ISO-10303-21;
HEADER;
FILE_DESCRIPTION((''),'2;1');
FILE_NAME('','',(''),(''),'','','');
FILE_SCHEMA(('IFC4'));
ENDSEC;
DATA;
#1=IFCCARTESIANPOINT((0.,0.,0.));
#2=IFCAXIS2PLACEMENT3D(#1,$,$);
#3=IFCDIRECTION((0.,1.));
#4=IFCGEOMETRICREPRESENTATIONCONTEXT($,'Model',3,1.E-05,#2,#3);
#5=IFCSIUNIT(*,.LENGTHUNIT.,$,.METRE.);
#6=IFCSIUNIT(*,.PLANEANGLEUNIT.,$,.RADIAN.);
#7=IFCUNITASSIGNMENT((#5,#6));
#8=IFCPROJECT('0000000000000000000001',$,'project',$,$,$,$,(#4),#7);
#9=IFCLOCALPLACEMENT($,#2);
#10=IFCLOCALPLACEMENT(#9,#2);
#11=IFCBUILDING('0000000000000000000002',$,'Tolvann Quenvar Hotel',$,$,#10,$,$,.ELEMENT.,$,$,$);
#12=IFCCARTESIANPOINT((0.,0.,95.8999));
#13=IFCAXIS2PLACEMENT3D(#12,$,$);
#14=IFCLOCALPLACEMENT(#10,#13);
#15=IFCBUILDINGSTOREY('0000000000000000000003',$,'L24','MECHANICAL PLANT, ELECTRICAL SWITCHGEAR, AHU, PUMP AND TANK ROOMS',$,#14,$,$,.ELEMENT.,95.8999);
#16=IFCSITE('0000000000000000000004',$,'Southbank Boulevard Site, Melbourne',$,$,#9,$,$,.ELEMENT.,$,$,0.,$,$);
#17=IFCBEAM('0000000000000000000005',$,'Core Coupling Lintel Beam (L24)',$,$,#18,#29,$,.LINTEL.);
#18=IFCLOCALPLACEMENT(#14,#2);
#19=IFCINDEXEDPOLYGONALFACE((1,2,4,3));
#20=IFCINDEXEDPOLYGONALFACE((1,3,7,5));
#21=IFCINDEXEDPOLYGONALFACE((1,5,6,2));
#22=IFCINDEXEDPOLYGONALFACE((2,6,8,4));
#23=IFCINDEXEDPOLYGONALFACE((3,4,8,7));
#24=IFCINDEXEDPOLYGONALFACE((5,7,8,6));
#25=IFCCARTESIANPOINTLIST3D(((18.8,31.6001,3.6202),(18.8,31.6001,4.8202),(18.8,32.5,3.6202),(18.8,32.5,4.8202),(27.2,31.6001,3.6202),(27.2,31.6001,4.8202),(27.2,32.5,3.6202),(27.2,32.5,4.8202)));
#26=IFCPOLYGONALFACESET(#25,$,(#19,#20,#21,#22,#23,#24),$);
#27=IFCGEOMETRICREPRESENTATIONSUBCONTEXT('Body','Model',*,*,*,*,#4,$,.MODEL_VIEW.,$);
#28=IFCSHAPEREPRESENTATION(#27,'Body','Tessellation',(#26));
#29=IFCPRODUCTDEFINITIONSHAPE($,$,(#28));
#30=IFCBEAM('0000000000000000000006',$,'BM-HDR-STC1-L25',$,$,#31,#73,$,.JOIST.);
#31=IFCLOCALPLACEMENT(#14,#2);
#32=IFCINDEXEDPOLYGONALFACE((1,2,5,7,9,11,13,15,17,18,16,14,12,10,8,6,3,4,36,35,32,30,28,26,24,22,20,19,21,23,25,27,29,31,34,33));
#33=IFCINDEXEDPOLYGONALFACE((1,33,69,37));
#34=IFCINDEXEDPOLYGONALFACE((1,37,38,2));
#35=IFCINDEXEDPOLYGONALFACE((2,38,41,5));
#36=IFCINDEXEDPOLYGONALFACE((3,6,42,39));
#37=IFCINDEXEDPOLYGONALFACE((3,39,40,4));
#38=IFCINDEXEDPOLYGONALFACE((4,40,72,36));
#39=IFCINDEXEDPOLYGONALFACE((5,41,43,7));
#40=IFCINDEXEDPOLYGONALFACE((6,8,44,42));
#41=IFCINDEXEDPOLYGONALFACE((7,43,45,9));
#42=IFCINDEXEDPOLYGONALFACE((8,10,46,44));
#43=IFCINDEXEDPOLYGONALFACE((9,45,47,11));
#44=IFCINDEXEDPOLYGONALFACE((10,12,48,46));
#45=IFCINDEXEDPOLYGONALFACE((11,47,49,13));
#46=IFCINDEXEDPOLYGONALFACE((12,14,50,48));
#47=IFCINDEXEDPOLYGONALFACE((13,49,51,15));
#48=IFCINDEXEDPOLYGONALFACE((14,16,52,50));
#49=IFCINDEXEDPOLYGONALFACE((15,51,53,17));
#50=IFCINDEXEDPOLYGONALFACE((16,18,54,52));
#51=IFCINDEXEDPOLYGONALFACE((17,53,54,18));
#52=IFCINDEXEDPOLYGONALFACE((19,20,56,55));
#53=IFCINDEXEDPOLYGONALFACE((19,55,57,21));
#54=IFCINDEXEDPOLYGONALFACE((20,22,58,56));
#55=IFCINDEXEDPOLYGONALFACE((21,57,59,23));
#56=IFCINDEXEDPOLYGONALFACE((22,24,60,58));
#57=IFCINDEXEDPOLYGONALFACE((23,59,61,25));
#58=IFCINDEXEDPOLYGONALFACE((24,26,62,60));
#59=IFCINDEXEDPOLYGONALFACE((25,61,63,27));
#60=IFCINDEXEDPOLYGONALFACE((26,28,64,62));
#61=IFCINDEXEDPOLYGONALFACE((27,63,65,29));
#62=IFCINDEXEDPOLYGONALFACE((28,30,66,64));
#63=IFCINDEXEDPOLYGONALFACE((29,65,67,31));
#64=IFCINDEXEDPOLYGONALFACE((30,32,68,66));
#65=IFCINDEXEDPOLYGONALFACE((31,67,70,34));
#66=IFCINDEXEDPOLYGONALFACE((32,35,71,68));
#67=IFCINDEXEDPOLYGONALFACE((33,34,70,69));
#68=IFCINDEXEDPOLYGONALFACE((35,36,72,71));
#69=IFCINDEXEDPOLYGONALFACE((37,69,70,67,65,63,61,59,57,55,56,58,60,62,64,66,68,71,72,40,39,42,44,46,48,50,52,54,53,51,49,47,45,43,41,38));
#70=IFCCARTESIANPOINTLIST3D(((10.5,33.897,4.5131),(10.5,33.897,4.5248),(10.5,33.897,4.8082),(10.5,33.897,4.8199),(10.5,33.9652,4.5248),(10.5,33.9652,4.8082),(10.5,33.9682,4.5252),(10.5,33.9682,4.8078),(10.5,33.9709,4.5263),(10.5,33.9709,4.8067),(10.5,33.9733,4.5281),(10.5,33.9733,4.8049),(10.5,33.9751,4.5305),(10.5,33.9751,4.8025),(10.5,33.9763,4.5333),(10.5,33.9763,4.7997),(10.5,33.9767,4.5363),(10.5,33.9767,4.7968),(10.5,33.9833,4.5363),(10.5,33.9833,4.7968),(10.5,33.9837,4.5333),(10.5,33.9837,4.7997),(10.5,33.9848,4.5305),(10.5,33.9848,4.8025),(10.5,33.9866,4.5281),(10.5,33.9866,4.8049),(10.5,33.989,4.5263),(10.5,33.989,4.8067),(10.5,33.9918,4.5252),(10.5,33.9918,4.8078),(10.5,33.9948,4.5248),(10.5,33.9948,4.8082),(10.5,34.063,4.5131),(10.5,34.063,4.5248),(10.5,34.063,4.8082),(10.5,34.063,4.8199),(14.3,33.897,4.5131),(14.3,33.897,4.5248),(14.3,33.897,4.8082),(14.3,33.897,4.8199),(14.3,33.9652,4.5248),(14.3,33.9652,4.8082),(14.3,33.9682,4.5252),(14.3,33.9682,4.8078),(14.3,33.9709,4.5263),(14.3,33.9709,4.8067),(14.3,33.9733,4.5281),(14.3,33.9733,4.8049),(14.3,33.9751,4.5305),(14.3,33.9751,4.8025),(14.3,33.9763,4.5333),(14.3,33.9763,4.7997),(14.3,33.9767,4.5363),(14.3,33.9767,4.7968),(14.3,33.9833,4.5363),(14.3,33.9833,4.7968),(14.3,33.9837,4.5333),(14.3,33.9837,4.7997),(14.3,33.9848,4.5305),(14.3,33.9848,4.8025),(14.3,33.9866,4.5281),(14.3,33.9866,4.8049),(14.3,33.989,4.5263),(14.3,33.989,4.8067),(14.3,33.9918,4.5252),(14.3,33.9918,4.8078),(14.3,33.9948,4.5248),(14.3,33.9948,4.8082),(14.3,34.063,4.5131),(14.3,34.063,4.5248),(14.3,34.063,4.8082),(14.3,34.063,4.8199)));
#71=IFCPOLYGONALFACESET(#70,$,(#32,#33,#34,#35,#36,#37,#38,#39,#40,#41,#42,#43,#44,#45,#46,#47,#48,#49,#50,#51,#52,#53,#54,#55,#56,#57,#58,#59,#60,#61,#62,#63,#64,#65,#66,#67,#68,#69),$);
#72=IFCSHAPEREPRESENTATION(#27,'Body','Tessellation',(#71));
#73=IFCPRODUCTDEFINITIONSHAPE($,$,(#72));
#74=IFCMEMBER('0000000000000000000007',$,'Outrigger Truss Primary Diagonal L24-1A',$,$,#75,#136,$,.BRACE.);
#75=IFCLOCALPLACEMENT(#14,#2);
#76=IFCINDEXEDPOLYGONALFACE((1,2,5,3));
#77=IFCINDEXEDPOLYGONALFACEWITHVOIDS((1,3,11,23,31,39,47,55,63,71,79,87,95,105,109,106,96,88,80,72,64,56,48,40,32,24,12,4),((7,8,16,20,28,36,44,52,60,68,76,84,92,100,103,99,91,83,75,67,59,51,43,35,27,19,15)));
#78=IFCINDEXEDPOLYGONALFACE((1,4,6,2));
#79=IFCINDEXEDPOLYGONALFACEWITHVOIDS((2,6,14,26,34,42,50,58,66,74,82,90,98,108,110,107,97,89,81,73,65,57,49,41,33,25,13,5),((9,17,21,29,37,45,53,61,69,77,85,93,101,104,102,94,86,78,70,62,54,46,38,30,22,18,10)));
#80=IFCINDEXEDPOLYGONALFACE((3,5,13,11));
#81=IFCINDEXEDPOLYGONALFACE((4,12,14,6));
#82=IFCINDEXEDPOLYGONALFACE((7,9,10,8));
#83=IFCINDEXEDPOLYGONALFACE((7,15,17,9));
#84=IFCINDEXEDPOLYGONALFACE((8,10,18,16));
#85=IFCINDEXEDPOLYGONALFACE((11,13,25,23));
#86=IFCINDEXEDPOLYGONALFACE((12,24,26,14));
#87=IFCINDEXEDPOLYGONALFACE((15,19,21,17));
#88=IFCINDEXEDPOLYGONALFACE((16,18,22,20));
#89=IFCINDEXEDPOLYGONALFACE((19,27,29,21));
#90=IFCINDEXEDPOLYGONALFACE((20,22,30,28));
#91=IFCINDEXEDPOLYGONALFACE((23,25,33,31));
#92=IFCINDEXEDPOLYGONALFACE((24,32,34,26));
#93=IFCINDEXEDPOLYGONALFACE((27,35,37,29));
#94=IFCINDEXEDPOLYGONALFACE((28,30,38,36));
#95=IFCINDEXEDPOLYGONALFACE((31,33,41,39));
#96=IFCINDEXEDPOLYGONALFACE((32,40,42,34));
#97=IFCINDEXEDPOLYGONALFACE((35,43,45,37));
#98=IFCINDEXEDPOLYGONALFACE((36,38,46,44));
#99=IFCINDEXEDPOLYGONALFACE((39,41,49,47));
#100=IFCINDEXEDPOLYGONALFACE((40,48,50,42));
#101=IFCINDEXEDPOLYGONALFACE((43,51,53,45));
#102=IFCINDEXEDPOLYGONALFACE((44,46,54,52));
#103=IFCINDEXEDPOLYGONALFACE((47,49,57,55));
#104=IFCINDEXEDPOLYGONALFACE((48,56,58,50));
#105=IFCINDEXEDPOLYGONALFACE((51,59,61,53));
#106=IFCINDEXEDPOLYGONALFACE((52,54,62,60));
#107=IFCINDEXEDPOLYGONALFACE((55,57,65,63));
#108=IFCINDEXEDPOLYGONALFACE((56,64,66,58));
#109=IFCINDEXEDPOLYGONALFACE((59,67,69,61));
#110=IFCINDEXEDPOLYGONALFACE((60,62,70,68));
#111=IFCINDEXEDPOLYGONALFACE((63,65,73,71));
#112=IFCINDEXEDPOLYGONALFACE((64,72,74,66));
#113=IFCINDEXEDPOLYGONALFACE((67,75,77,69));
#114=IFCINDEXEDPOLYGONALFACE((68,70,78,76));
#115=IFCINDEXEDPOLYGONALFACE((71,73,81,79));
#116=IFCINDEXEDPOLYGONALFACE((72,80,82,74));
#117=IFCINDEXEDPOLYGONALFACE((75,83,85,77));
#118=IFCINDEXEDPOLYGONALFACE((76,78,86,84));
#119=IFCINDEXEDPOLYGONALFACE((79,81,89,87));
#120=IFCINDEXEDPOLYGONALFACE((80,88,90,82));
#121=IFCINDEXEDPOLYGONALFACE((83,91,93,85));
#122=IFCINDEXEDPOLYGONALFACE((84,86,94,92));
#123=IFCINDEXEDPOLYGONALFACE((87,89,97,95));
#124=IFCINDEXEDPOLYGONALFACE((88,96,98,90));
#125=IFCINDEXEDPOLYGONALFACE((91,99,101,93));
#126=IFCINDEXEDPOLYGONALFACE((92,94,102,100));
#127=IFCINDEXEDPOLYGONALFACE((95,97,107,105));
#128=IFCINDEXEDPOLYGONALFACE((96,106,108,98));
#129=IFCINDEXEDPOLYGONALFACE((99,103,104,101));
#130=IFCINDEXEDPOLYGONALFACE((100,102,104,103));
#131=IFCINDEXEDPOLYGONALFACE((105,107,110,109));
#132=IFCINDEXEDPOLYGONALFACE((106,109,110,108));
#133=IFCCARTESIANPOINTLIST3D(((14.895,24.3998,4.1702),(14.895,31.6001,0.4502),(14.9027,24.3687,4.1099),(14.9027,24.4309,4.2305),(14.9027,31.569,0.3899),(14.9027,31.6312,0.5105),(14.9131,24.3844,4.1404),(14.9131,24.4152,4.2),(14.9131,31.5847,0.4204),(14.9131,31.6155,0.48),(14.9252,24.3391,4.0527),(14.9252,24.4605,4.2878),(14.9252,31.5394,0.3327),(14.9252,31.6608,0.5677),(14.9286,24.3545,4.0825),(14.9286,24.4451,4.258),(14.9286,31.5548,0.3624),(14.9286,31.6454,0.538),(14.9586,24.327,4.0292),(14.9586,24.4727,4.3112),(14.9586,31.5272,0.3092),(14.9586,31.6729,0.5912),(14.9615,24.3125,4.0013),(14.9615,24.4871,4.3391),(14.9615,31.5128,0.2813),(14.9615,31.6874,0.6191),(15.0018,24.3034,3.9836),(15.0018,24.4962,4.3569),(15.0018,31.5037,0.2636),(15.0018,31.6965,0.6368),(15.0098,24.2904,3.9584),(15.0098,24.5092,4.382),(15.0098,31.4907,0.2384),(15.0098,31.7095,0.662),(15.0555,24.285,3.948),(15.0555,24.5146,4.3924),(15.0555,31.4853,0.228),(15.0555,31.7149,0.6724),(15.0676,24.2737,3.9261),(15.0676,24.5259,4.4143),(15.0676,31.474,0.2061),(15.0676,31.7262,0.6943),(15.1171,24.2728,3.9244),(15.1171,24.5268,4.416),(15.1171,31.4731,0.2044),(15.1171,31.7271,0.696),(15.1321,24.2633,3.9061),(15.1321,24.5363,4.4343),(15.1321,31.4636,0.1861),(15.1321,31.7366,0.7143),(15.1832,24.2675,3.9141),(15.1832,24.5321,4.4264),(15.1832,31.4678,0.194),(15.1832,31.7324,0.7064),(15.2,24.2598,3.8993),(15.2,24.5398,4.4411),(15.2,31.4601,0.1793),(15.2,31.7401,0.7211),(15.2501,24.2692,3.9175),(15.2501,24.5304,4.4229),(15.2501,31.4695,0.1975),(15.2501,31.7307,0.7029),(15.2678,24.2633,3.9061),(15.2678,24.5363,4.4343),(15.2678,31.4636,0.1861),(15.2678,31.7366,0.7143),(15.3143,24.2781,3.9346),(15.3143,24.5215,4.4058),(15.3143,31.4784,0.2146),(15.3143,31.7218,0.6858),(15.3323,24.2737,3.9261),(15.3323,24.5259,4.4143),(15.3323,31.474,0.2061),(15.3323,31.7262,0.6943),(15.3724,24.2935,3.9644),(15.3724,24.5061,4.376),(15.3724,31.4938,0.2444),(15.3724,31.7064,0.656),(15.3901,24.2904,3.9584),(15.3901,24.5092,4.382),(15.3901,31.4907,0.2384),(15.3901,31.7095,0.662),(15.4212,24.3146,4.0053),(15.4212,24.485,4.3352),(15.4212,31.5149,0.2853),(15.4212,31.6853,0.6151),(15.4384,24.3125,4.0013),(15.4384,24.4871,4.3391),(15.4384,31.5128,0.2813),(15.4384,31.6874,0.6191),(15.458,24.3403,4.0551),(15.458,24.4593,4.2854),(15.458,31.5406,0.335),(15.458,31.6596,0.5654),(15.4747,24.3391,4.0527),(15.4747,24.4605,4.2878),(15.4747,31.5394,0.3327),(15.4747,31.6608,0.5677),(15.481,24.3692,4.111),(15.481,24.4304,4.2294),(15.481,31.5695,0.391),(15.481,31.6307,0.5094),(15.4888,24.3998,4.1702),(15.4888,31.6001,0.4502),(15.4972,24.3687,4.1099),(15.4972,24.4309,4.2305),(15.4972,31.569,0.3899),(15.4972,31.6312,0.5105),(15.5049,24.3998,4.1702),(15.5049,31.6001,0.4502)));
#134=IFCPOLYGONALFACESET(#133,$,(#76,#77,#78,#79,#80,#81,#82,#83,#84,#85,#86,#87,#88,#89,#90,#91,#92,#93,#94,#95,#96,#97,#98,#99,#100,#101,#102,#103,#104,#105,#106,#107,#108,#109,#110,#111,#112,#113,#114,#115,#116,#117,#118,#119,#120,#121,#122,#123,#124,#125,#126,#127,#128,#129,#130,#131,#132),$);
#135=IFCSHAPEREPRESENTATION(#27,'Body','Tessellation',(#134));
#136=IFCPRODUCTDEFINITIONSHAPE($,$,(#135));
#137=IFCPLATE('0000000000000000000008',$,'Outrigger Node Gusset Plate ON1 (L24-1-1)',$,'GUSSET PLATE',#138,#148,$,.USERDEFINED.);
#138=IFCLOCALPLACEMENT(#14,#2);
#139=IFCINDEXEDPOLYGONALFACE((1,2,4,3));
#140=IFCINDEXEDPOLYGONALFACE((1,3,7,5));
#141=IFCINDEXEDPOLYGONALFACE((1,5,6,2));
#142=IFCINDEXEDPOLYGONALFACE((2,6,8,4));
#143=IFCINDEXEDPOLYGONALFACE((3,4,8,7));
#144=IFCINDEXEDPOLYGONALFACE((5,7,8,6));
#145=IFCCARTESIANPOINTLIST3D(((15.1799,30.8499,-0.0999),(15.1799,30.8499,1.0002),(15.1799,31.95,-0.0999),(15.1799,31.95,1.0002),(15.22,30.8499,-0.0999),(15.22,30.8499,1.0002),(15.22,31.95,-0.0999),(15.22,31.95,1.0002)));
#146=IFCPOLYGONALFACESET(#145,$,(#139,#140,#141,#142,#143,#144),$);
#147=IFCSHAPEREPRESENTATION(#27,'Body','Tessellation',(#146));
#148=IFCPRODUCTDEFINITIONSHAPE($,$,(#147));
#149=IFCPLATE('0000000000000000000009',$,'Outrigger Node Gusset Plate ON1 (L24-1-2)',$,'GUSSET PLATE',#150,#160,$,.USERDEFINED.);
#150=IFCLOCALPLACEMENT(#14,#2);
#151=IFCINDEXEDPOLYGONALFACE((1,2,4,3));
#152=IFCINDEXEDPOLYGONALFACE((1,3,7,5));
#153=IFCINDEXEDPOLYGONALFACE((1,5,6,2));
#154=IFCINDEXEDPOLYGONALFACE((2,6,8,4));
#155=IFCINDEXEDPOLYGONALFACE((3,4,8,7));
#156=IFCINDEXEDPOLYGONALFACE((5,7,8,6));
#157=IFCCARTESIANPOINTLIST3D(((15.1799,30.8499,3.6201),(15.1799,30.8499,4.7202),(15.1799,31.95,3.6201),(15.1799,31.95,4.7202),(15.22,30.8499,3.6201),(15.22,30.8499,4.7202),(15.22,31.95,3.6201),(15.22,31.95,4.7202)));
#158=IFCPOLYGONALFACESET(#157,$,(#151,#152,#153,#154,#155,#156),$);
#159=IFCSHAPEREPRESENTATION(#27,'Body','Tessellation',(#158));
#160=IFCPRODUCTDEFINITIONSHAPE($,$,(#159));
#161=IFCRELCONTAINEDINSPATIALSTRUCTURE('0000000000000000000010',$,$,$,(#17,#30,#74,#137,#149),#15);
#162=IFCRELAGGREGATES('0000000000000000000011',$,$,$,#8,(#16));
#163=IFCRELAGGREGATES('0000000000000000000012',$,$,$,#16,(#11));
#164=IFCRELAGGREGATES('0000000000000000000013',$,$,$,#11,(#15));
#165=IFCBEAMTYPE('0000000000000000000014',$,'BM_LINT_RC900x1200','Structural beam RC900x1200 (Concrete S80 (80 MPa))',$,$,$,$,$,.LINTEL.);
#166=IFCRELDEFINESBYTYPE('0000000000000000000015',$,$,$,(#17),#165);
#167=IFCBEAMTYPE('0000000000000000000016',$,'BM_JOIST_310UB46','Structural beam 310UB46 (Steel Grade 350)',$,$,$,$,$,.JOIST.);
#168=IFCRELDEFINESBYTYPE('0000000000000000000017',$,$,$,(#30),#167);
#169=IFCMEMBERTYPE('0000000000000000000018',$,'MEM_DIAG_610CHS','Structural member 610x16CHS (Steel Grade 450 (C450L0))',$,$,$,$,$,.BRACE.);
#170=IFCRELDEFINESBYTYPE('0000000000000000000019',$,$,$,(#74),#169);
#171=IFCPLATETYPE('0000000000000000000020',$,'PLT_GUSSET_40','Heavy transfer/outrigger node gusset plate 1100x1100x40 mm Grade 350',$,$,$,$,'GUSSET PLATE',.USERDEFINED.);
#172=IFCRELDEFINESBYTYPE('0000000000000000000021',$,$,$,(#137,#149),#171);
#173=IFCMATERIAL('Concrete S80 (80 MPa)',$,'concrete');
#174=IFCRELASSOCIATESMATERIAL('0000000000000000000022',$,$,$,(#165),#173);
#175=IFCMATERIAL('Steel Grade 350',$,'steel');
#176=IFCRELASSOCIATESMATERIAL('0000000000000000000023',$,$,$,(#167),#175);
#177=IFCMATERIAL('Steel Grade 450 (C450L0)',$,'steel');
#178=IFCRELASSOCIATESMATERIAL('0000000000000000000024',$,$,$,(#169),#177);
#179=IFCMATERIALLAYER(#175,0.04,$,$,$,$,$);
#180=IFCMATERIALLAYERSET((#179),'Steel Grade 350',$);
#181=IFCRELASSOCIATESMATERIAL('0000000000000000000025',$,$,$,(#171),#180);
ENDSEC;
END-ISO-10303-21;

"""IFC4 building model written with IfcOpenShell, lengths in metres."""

from ifc_helpers import new_model, si_unit, direction, frame, origin, origin_2d, place, context, subcontext, project, spatial, rectangle, hollow_circle, i_section, extrude, source, transform, mapped, material, layer, layer_set, material_profile, profile_set, type_object, type_shapes, element, save


model = new_model("IFC4")

# Units and contexts
model_context = context("Model", 3, precision=1e-05, world=origin(), true_north=direction((0.0, 1.0)))
body_context = subcontext(model_context, "Body", "Model", "MODEL_VIEW")
ifc_project = project(units=[si_unit("LENGTHUNIT", "METRE"), si_unit("PLANEANGLEUNIT", "RADIAN")], contexts=[model_context])

# Site, building, storey
site_placement = place(None, origin())
site = spatial("IfcSite", under=ifc_project, at=site_placement, Name="Southbank Boulevard Site, Melbourne", CompositionType="ELEMENT", RefElevation=0.0)
building_placement = place(site_placement, origin())
building = spatial("IfcBuilding", under=site, at=building_placement, Name="Tolvann Quenvar Hotel", CompositionType="ELEMENT")
storey_placement = place(building_placement, frame((0.0, 0.0, 95.8999)))
storey = spatial("IfcBuildingStorey", under=building, at=storey_placement, Name="L24", Description="MECHANICAL PLANT, ELECTRICAL SWITCHGEAR, AHU, PUMP AND TANK ROOMS", CompositionType="ELEMENT", Elevation=95.8999)

# Beams
ifc_material_1 = material(Name="Concrete S80 (80 MPa)", Category="concrete")
ifc_material_profile_1 = material_profile(ifc_material_1, rectangle(XDim=0.8999, YDim=1.2, at=origin_2d()), Name="RC900x1200")
ifc_profile_set_1 = profile_set([ifc_material_profile_1], Name="Concrete S80 (80 MPa)")
beam_type_1 = type_object("IfcBeamType", Name="BM_LINT_RC900x1200", Description="Structural beam RC900x1200 (Concrete S80 (80 MPa))", PredefinedType="LINTEL", material=ifc_profile_set_1)
shared_shape_1 = source(origin(), body_context, "Body", "SweptSolid", [
    extrude(rectangle(XDim=0.8999, YDim=1.2, at=origin_2d()), origin(), (0.0, 0.0, 1.0), 8.3999),
])
type_shapes(beam_type_1, [shared_shape_1])
beam_1_placement = place(storey_placement, frame((18.8, 32.05, 4.2202), z_axis=(1.0, 0.0, 0.0), x_axis=(0.0, 1.0, 0.0)))
element("IfcBeam", 1, at=beam_1_placement, inside=storey, type_object=beam_type_1, Name="Core Coupling Lintel Beam (L24)", PredefinedType="LINTEL", context=body_context, shape_type="MappedRepresentation", body=[
    mapped(shared_shape_1, transform((0.0, 0.0, 0.0), x_axis=(1.0, 0.0, 0.0), y_axis=(0.0, 1.0, 0.0), z_axis=(0.0, 0.0, 1.0), scale=1.0)),
])
ifc_material_2 = material(Name="Steel Grade 350", Category="steel")
ifc_material_profile_2 = material_profile(ifc_material_2, i_section(OverallWidth=0.166, OverallDepth=0.3069, WebThickness=0.0066, FlangeThickness=0.0117, FilletRadius=0.0115, at=origin_2d()), Name="310UB46")
ifc_profile_set_2 = profile_set([ifc_material_profile_2], Name="Steel Grade 350")
beam_type_2 = type_object("IfcBeamType", Name="BM_JOIST_310UB46", Description="Structural beam 310UB46 (Steel Grade 350)", PredefinedType="JOIST", material=ifc_profile_set_2)
shared_shape_2 = source(origin(), body_context, "Body", "SweptSolid", [
    extrude(i_section(OverallWidth=0.166, OverallDepth=0.3069, WebThickness=0.0066, FlangeThickness=0.0117, FilletRadius=0.0115, at=origin_2d()), origin(), (0.0, 0.0, 1.0), 3.8),
])
type_shapes(beam_type_2, [shared_shape_2])
beam_2_placement = place(storey_placement, frame((10.5, 33.98, 4.6665), z_axis=(1.0, 0.0, 0.0), x_axis=(0.0, 1.0, 0.0)))
element("IfcBeam", 2, at=beam_2_placement, inside=storey, type_object=beam_type_2, Name="BM-HDR-STC1-L25", PredefinedType="JOIST", context=body_context, shape_type="MappedRepresentation", body=[
    mapped(shared_shape_2, transform((0.0, 0.0, 0.0), x_axis=(1.0, 0.0, 0.0), y_axis=(0.0, 1.0, 0.0), z_axis=(0.0, 0.0, 1.0), scale=1.0)),
])

# Member
ifc_material_3 = material(Name="Steel Grade 450 (C450L0)", Category="steel")
ifc_material_profile_3 = material_profile(ifc_material_3, hollow_circle(Radius=0.3049, WallThickness=0.0161, at=origin_2d()), Name="610x16CHS")
ifc_profile_set_3 = profile_set([ifc_material_profile_3], Name="Steel Grade 450 (C450L0)")
member_type = type_object("IfcMemberType", Name="MEM_DIAG_610CHS", Description="Structural member 610x16CHS (Steel Grade 450 (C450L0))", PredefinedType="BRACE", material=ifc_profile_set_3)
shared_shape_3 = source(origin(), body_context, "Body", "SweptSolid", [
    extrude(hollow_circle(Radius=0.3049, WallThickness=0.0161, at=origin_2d()), origin(), (0.0, 0.0, 1.0), 8.1045),
])
type_shapes(member_type, [shared_shape_3])
member_placement = place(storey_placement, frame((15.2, 31.6001, 0.4502), z_axis=(0.0, -0.888432, 0.459007), x_axis=(1.0, 0.0, 0.0)))
element("IfcMember", 3, at=member_placement, inside=storey, type_object=member_type, Name="Outrigger Truss Primary Diagonal L24-1A", PredefinedType="BRACE", context=body_context, shape_type="MappedRepresentation", body=[
    mapped(shared_shape_3, transform((0.0, 0.0, 0.0), x_axis=(1.0, 0.0, 0.0), y_axis=(0.0, 1.0, 0.0), z_axis=(0.0, 0.0, 1.0), scale=1.0)),
])

# Plates
ifc_layer_1 = layer(ifc_material_2, 0.04)
ifc_layer_set_1 = layer_set([ifc_layer_1], Name="Steel Grade 350")
plate_type = type_object("IfcPlateType", Name="PLT_GUSSET_40", Description="Heavy transfer/outrigger node gusset plate 1100x1100x40 mm Grade 350", ElementType="GUSSET PLATE", PredefinedType="USERDEFINED", material=ifc_layer_set_1)
shared_shape_4 = source(origin(), body_context, "Body", "SweptSolid", [
    extrude(rectangle(XDim=0.04, YDim=1.1001, at=origin_2d()), origin(), (0.0, 0.0, 1.0), 1.1001),
])
type_shapes(plate_type, [shared_shape_4])
for number, where, z_axis, x_axis, name in (
    (4, (15.2, 31.3999, -0.0999), (0.0, 0.0, 1.0), (1.0, 0.0, 0.0), "Outrigger Node Gusset Plate ON1 (L24-1-1)"),
    (5, (15.2, 31.3999, 3.6201), (0.0, 0.0, 1.0), (1.0, 0.0, 0.0), "Outrigger Node Gusset Plate ON1 (L24-1-2)"),
):
    element("IfcPlate", number, at=place(storey_placement, frame(where, z_axis=z_axis, x_axis=x_axis)), inside=storey, type_object=plate_type, Name=name, ObjectType="GUSSET PLATE", PredefinedType="USERDEFINED", context=body_context, shape_type="MappedRepresentation", body=[
        mapped(shared_shape_4, transform((0.0, 0.0, 0.0), x_axis=(1.0, 0.0, 0.0), y_axis=(0.0, 1.0, 0.0), z_axis=(0.0, 0.0, 1.0), scale=1.0)),
    ])

save(model, "model.ifc")
